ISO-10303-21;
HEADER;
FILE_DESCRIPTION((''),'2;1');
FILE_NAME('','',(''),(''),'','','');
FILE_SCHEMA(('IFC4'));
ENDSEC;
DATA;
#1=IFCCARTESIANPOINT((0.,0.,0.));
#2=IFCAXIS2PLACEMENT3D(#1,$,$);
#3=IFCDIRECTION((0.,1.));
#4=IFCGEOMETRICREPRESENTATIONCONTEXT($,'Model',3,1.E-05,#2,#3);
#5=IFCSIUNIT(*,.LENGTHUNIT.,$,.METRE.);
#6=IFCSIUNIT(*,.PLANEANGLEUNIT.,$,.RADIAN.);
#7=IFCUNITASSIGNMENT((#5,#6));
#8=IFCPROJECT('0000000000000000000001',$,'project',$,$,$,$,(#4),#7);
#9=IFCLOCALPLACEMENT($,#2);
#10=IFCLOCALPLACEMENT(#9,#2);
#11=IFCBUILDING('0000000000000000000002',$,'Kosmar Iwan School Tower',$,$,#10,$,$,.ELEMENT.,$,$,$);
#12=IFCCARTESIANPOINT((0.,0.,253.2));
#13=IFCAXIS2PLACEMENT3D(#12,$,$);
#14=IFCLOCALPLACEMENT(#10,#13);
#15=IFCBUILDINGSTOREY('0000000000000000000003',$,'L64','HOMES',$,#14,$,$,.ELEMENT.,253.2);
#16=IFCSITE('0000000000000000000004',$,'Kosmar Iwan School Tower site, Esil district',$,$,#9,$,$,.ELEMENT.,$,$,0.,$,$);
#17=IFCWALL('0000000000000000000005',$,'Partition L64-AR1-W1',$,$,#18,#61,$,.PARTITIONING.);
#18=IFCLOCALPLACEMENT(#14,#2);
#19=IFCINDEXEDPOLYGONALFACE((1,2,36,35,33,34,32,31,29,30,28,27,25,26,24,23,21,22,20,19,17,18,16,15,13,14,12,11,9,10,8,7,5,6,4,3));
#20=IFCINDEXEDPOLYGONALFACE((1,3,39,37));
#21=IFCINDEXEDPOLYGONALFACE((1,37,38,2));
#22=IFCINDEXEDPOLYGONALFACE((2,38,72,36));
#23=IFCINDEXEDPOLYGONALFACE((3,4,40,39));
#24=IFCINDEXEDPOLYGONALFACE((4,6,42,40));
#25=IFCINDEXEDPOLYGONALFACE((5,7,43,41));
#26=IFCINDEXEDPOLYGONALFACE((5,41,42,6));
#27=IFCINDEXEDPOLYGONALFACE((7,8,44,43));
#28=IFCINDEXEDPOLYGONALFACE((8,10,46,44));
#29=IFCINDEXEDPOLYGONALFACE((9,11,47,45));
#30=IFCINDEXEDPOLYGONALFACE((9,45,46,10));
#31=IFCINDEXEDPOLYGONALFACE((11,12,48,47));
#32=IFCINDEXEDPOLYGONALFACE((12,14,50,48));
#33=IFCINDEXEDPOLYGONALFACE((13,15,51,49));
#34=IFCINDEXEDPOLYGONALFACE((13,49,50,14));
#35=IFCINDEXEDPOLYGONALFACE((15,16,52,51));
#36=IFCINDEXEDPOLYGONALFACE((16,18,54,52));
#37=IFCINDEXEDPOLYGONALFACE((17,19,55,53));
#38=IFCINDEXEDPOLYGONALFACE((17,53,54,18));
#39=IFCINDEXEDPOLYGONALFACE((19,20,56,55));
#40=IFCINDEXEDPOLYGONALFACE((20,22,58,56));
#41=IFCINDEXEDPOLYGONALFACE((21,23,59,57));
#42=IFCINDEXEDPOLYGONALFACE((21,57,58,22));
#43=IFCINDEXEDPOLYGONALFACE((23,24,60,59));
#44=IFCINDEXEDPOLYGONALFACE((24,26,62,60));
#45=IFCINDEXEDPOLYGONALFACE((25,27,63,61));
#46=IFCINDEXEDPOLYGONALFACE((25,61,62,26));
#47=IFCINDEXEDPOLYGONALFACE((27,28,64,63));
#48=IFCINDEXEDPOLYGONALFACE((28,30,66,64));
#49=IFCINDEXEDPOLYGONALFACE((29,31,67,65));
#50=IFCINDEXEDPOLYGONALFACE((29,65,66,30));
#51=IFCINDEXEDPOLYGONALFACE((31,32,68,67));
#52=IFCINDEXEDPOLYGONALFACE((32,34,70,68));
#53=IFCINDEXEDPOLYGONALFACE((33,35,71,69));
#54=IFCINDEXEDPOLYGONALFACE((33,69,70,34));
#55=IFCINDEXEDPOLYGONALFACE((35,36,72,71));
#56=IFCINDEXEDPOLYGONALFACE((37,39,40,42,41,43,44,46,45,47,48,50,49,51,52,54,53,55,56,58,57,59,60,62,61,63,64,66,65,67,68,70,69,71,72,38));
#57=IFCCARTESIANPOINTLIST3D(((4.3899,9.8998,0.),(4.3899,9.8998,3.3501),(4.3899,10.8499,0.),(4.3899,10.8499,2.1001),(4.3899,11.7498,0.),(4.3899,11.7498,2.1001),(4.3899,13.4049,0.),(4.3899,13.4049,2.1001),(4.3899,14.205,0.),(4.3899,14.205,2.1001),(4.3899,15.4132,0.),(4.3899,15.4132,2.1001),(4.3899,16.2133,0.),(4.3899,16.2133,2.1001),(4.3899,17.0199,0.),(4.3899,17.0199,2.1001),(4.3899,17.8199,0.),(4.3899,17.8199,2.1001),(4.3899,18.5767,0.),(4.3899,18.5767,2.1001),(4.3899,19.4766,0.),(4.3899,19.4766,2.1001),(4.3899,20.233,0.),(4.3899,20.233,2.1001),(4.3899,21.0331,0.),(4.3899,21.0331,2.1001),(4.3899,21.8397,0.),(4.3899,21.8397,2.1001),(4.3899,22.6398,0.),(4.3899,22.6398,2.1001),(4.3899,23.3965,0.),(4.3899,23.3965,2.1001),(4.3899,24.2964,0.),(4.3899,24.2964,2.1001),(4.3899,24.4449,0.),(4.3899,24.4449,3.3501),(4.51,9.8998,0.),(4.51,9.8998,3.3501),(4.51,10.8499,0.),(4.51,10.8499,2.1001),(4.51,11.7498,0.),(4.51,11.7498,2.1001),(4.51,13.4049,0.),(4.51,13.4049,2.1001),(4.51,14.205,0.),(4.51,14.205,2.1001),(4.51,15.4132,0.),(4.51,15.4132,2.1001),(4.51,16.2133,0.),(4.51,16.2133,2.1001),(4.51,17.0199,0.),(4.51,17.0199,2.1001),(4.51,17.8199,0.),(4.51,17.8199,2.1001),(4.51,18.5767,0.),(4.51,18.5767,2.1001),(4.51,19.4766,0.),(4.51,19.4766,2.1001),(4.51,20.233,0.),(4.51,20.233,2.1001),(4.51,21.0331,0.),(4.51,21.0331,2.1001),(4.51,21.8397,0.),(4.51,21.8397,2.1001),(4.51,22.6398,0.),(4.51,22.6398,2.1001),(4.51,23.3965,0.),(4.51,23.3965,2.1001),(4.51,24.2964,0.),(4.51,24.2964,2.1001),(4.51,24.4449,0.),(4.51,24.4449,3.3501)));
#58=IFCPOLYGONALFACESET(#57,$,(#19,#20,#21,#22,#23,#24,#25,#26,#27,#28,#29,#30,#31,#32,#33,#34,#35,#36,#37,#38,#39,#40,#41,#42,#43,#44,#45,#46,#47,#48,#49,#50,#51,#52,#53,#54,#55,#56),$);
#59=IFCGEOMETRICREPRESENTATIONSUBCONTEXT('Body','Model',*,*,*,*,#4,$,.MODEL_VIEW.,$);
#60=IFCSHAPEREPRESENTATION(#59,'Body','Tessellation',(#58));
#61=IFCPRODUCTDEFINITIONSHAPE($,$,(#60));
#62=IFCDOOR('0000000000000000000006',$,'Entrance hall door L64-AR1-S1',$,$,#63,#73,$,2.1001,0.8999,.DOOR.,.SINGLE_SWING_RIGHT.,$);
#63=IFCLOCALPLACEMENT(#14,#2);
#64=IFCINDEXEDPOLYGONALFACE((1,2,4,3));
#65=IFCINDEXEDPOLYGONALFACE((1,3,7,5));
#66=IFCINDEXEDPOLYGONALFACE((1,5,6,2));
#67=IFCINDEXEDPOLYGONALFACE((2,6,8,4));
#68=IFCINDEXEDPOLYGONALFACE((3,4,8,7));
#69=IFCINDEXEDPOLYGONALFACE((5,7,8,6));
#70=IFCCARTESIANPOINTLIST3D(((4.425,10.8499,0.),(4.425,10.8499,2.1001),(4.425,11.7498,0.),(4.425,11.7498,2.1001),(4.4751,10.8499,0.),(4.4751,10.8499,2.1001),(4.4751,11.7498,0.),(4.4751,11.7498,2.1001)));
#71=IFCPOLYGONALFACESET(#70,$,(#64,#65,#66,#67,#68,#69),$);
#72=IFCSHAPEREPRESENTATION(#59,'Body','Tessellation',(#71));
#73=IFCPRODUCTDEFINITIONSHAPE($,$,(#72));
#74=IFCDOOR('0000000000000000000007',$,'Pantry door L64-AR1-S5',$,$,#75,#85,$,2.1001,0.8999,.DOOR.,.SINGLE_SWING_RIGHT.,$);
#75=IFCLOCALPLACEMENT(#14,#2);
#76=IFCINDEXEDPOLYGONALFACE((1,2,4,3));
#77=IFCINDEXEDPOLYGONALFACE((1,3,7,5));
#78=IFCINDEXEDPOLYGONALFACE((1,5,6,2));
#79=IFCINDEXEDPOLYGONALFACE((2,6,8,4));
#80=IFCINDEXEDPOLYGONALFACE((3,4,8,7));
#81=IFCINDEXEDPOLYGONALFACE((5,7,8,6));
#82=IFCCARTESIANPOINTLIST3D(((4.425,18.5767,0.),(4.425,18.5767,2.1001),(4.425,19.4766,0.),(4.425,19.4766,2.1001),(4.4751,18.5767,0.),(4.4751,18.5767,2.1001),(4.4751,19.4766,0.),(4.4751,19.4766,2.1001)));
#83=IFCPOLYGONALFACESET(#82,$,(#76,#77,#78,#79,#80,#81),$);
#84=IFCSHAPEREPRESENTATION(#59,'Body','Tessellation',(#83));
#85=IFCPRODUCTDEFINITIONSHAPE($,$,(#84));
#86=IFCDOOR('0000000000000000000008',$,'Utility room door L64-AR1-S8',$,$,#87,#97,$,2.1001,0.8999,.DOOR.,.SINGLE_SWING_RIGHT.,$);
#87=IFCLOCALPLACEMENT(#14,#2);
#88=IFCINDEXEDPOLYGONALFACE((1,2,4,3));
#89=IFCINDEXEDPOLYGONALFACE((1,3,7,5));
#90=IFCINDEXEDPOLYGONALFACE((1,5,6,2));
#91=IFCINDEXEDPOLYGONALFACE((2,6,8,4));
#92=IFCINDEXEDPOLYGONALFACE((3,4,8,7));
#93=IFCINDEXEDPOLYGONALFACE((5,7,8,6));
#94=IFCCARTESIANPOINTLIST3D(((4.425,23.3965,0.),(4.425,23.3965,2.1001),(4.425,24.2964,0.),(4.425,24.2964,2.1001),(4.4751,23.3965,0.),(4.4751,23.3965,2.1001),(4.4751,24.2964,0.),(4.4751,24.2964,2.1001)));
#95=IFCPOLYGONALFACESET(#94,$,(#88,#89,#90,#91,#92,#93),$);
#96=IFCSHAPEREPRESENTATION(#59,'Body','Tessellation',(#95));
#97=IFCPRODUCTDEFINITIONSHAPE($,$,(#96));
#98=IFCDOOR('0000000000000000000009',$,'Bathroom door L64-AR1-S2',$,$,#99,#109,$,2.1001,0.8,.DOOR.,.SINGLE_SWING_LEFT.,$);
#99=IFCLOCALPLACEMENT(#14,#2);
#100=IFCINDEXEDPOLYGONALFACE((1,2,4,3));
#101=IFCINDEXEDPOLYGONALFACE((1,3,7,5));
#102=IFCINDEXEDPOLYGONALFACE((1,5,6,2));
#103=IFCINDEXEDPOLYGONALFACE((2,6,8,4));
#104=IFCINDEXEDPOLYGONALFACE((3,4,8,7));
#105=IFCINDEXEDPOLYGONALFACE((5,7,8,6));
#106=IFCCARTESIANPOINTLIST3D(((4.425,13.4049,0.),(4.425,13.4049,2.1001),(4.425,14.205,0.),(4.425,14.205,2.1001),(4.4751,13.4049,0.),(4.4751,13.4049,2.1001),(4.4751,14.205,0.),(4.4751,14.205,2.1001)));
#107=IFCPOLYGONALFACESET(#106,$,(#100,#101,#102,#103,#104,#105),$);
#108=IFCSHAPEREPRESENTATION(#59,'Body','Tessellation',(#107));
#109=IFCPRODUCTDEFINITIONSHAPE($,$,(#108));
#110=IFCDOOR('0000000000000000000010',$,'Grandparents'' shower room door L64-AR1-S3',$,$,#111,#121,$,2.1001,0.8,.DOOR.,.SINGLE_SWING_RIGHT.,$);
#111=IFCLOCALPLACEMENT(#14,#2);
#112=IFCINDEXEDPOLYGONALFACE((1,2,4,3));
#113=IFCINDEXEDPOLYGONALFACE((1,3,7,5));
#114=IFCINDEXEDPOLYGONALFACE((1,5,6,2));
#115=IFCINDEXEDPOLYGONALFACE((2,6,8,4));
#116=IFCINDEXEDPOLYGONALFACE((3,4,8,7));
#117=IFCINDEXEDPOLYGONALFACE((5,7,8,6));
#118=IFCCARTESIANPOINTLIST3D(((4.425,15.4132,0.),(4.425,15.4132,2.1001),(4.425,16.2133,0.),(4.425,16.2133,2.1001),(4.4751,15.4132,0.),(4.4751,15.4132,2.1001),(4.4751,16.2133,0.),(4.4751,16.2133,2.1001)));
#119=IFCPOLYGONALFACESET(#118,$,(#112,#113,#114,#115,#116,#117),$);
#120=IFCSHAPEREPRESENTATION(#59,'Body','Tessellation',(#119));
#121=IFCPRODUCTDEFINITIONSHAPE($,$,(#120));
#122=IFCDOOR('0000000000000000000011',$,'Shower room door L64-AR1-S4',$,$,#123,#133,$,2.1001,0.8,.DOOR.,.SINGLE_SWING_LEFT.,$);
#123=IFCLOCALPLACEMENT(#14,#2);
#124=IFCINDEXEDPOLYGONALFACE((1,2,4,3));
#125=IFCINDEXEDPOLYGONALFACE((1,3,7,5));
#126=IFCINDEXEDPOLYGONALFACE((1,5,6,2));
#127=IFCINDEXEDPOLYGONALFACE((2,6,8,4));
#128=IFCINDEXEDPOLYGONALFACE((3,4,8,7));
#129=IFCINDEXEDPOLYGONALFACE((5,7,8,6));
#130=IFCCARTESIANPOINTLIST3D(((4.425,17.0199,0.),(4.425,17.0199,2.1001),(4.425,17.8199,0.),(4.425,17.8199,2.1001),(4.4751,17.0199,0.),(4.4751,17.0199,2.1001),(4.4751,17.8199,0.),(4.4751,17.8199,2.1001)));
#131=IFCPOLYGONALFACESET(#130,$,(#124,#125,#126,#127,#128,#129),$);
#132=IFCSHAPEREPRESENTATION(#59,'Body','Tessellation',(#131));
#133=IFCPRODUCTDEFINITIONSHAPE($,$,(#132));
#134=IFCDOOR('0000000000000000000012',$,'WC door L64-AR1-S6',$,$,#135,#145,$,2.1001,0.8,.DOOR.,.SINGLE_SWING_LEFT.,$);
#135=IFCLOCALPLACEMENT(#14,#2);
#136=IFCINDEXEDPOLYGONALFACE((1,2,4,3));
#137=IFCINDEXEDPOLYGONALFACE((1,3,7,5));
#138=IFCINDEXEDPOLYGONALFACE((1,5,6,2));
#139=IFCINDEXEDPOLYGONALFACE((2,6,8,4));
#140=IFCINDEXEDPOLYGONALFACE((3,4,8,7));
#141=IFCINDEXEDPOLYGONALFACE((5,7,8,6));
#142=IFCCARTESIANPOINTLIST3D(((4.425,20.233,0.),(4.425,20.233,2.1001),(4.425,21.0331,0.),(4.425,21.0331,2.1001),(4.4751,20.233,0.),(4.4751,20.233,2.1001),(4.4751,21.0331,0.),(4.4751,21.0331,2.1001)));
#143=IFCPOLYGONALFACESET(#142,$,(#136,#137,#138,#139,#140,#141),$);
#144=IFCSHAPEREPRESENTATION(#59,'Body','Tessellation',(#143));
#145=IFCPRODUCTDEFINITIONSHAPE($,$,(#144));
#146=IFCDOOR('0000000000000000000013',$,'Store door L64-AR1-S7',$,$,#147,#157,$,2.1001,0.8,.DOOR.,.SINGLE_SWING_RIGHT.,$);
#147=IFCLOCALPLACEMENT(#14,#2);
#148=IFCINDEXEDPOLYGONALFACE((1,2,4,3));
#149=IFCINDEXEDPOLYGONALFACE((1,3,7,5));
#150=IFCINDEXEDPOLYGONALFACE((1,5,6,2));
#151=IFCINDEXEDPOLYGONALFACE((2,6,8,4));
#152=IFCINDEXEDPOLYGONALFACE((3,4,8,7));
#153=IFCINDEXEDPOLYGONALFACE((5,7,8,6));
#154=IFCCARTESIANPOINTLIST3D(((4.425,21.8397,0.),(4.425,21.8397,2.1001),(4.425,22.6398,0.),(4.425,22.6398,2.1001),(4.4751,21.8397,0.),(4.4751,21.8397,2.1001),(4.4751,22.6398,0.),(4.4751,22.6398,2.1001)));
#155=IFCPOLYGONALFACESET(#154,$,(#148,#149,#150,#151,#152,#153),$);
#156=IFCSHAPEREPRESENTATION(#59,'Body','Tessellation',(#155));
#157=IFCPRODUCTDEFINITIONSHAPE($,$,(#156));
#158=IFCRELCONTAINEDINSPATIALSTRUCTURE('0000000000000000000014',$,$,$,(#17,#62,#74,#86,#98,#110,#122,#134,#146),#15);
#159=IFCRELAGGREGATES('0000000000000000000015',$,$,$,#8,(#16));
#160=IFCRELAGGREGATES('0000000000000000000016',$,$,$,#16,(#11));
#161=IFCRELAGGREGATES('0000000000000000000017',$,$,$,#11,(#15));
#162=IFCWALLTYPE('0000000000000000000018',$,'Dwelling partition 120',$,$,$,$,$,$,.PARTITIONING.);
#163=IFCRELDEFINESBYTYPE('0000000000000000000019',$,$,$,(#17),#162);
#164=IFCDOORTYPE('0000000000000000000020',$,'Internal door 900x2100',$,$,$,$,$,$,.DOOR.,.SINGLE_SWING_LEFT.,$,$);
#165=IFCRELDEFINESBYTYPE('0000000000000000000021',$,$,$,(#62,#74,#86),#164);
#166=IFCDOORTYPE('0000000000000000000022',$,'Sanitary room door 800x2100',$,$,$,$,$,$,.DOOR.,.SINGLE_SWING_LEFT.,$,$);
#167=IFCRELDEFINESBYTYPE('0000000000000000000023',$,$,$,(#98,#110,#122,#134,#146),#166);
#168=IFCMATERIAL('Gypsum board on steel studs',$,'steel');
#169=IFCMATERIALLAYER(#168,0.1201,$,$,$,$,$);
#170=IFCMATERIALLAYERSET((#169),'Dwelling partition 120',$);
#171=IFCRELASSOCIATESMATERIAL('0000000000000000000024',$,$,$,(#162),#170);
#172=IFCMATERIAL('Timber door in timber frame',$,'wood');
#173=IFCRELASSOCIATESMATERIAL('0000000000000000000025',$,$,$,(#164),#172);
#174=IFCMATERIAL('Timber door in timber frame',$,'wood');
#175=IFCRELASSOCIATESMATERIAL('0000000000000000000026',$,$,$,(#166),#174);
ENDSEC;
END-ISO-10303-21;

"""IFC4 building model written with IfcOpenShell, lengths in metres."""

from ifc_helpers import new_model, si_unit, direction, frame, frame_2d, origin, place, context, subcontext, project, spatial, rectangle, extrude, material, layer, layer_set, type_object, element, fill, save


model = new_model("IFC4")

# Units and contexts
model_context = context("Model", 3, precision=1e-05, world=origin(), true_north=direction((0.0, 1.0)))
body_context = subcontext(model_context, "Body", "Model", "MODEL_VIEW")
ifc_project = project(units=[si_unit("LENGTHUNIT", "METRE"), si_unit("PLANEANGLEUNIT", "RADIAN")], contexts=[model_context])

# Site, building, storey
site_placement = place(None, origin())
site = spatial("IfcSite", under=ifc_project, at=site_placement, Name="Kosmar Iwan School Tower site, Esil district", CompositionType="ELEMENT", RefElevation=0.0)
building_placement = place(site_placement, origin())
building = spatial("IfcBuilding", under=site, at=building_placement, Name="Kosmar Iwan School Tower", CompositionType="ELEMENT")
storey_placement = place(building_placement, frame((0.0, 0.0, 253.2)))
storey = spatial("IfcBuildingStorey", under=building, at=storey_placement, Name="L64", Description="HOMES", CompositionType="ELEMENT", Elevation=253.2)

# Wall, openings, doors
ifc_material_1 = material(Name="Gypsum board on steel studs", Category="steel")
ifc_layer_1 = layer(ifc_material_1, 0.1201)
ifc_layer_set_1 = layer_set([ifc_layer_1], Name="Dwelling partition 120")
wall_type_1 = type_object("IfcWallType", Name="Dwelling partition 120", PredefinedType="PARTITIONING", material=ifc_layer_set_1)
wall_1_placement = place(storey_placement, frame((4.45, 9.8999, 0.0), z_axis=(0.0, 0.0, 1.0), x_axis=(0.0, 1.0, 0.0)))
wall_1 = element("IfcWall", 1, at=wall_1_placement, inside=storey, type_object=wall_type_1, Name="Partition L64-AR1-W1", PredefinedType="PARTITIONING", context=body_context, shape_type="SweptSolid", body=[
    extrude(rectangle(XDim=14.5452, YDim=0.1201, at=frame_2d((7.2725, 0.0))), origin(), (0.0, 0.0, 1.0), 3.3501),
])
opening_1_placement = place(wall_1_placement, frame((0.95, 0.0, 0.0)))
opening_1 = element("IfcOpeningElement", 2, at=opening_1_placement, cuts=wall_1, PredefinedType="OPENING", context=body_context, shape_type="SweptSolid", body=[
    extrude(rectangle(XDim=0.8999, YDim=2.1001, at=frame_2d((0.45, 1.05))), frame((0.0, 0.072, 0.0), z_axis=(0.0, -1.0, 0.0), x_axis=(1.0, 0.0, 0.0)), (0.0, 0.0, 1.0), 0.144),
])
opening_2_placement = place(wall_1_placement, frame((3.5051, 0.0, 0.0)))
opening_2 = element("IfcOpeningElement", 3, at=opening_2_placement, cuts=wall_1, PredefinedType="OPENING", context=body_context, shape_type="SweptSolid", body=[
    extrude(rectangle(XDim=0.8, YDim=2.1001, at=frame_2d((0.3999, 1.05))), frame((0.0, 0.072, 0.0), z_axis=(0.0, -1.0, 0.0), x_axis=(1.0, 0.0, 0.0)), (0.0, 0.0, 1.0), 0.144),
])
opening_3_placement = place(wall_1_placement, frame((5.5134, 0.0, 0.0)))
opening_3 = element("IfcOpeningElement", 4, at=opening_3_placement, cuts=wall_1, PredefinedType="OPENING", context=body_context, shape_type="SweptSolid", body=[
    extrude(rectangle(XDim=0.8, YDim=2.1001, at=frame_2d((0.3999, 1.05))), frame((0.0, 0.072, 0.0), z_axis=(0.0, -1.0, 0.0), x_axis=(1.0, 0.0, 0.0)), (0.0, 0.0, 1.0), 0.144),
])
opening_4_placement = place(wall_1_placement, frame((7.1201, 0.0, 0.0)))
opening_4 = element("IfcOpeningElement", 5, at=opening_4_placement, cuts=wall_1, PredefinedType="OPENING", context=body_context, shape_type="SweptSolid", body=[
    extrude(rectangle(XDim=0.8, YDim=2.1001, at=frame_2d((0.3999, 1.05))), frame((0.0, 0.072, 0.0), z_axis=(0.0, -1.0, 0.0), x_axis=(1.0, 0.0, 0.0)), (0.0, 0.0, 1.0), 0.144),
])
opening_5_placement = place(wall_1_placement, frame((8.6768, 0.0, 0.0)))
opening_5 = element("IfcOpeningElement", 6, at=opening_5_placement, cuts=wall_1, PredefinedType="OPENING", context=body_context, shape_type="SweptSolid", body=[
    extrude(rectangle(XDim=0.8999, YDim=2.1001, at=frame_2d((0.45, 1.05))), frame((0.0, 0.072, 0.0), z_axis=(0.0, -1.0, 0.0), x_axis=(1.0, 0.0, 0.0)), (0.0, 0.0, 1.0), 0.144),
])
opening_6_placement = place(wall_1_placement, frame((10.3333, 0.0, 0.0)))
opening_6 = element("IfcOpeningElement", 7, at=opening_6_placement, cuts=wall_1, PredefinedType="OPENING", context=body_context, shape_type="SweptSolid", body=[
    extrude(rectangle(XDim=0.8, YDim=2.1001, at=frame_2d((0.3999, 1.05))), frame((0.0, 0.072, 0.0), z_axis=(0.0, -1.0, 0.0), x_axis=(1.0, 0.0, 0.0)), (0.0, 0.0, 1.0), 0.144),
])
opening_7_placement = place(wall_1_placement, frame((11.9399, 0.0, 0.0)))
opening_7 = element("IfcOpeningElement", 8, at=opening_7_placement, cuts=wall_1, PredefinedType="OPENING", context=body_context, shape_type="SweptSolid", body=[
    extrude(rectangle(XDim=0.8, YDim=2.1001, at=frame_2d((0.3999, 1.05))), frame((0.0, 0.072, 0.0), z_axis=(0.0, -1.0, 0.0), x_axis=(1.0, 0.0, 0.0)), (0.0, 0.0, 1.0), 0.144),
])
opening_8_placement = place(wall_1_placement, frame((13.4966, 0.0, 0.0)))
opening_8 = element("IfcOpeningElement", 9, at=opening_8_placement, cuts=wall_1, PredefinedType="OPENING", context=body_context, shape_type="SweptSolid", body=[
    extrude(rectangle(XDim=0.8999, YDim=2.1001, at=frame_2d((0.45, 1.05))), frame((0.0, 0.072, 0.0), z_axis=(0.0, -1.0, 0.0), x_axis=(1.0, 0.0, 0.0)), (0.0, 0.0, 1.0), 0.144),
])
ifc_material_2 = material(Name="Timber door in timber frame", Category="wood")
door_type_1 = type_object("IfcDoorType", Name="Internal door 900x2100", OperationType="SINGLE_SWING_LEFT", PredefinedType="DOOR", material=ifc_material_2)
door_1_placement = place(opening_1_placement, origin())
door_1 = element("IfcDoor", 10, at=door_1_placement, inside=storey, type_object=door_type_1, Name="Entrance hall door L64-AR1-S1", OperationType="SINGLE_SWING_RIGHT", OverallHeight=2.1001, OverallWidth=0.8999, PredefinedType="DOOR", context=body_context, shape_type="SweptSolid", body=[
    extrude(rectangle(XDim=0.8999, YDim=2.1001, at=frame_2d((0.45, 1.05))), frame((0.0, 0.0249, 0.0), z_axis=(0.0, -1.0, 0.0), x_axis=(1.0, 0.0, 0.0)), (0.0, 0.0, 1.0), 0.05),
])
fill(opening_1, door_1)
door_2_placement = place(opening_5_placement, origin())
door_2 = element("IfcDoor", 11, at=door_2_placement, inside=storey, type_object=door_type_1, Name="Pantry door L64-AR1-S5", OperationType="SINGLE_SWING_RIGHT", OverallHeight=2.1001, OverallWidth=0.8999, PredefinedType="DOOR", context=body_context, shape_type="SweptSolid", body=[
    extrude(rectangle(XDim=0.8999, YDim=2.1001, at=frame_2d((0.45, 1.05))), frame((0.0, 0.0249, 0.0), z_axis=(0.0, -1.0, 0.0), x_axis=(1.0, 0.0, 0.0)), (0.0, 0.0, 1.0), 0.05),
])
fill(opening_5, door_2)
door_3_placement = place(opening_8_placement, origin())
door_3 = element("IfcDoor", 12, at=door_3_placement, inside=storey, type_object=door_type_1, Name="Utility room door L64-AR1-S8", OperationType="SINGLE_SWING_RIGHT", OverallHeight=2.1001, OverallWidth=0.8999, PredefinedType="DOOR", context=body_context, shape_type="SweptSolid", body=[
    extrude(rectangle(XDim=0.8999, YDim=2.1001, at=frame_2d((0.45, 1.05))), frame((0.0, 0.0249, 0.0), z_axis=(0.0, -1.0, 0.0), x_axis=(1.0, 0.0, 0.0)), (0.0, 0.0, 1.0), 0.05),
])
fill(opening_8, door_3)
ifc_material_3 = material(Name="Timber door in timber frame", Category="wood")
door_type_2 = type_object("IfcDoorType", Name="Sanitary room door 800x2100", OperationType="SINGLE_SWING_LEFT", PredefinedType="DOOR", material=ifc_material_3)
door_4_placement = place(opening_2_placement, origin())
door_4 = element("IfcDoor", 13, at=door_4_placement, inside=storey, type_object=door_type_2, Name="Bathroom door L64-AR1-S2", OperationType="SINGLE_SWING_LEFT", OverallHeight=2.1001, OverallWidth=0.8, PredefinedType="DOOR", context=body_context, shape_type="SweptSolid", body=[
    extrude(rectangle(XDim=0.8, YDim=2.1001, at=frame_2d((0.3999, 1.05))), frame((0.0, 0.0249, 0.0), z_axis=(0.0, -1.0, 0.0), x_axis=(1.0, 0.0, 0.0)), (0.0, 0.0, 1.0), 0.05),
])
fill(opening_2, door_4)
door_5_placement = place(opening_3_placement, origin())
door_5 = element("IfcDoor", 14, at=door_5_placement, inside=storey, type_object=door_type_2, Name="Grandparents' shower room door L64-AR1-S3", OperationType="SINGLE_SWING_RIGHT", OverallHeight=2.1001, OverallWidth=0.8, PredefinedType="DOOR", context=body_context, shape_type="SweptSolid", body=[
    extrude(rectangle(XDim=0.8, YDim=2.1001, at=frame_2d((0.3999, 1.05))), frame((0.0, 0.0249, 0.0), z_axis=(0.0, -1.0, 0.0), x_axis=(1.0, 0.0, 0.0)), (0.0, 0.0, 1.0), 0.05),
])
fill(opening_3, door_5)
door_6_placement = place(opening_4_placement, origin())
door_6 = element("IfcDoor", 15, at=door_6_placement, inside=storey, type_object=door_type_2, Name="Shower room door L64-AR1-S4", OperationType="SINGLE_SWING_LEFT", OverallHeight=2.1001, OverallWidth=0.8, PredefinedType="DOOR", context=body_context, shape_type="SweptSolid", body=[
    extrude(rectangle(XDim=0.8, YDim=2.1001, at=frame_2d((0.3999, 1.05))), frame((0.0, 0.0249, 0.0), z_axis=(0.0, -1.0, 0.0), x_axis=(1.0, 0.0, 0.0)), (0.0, 0.0, 1.0), 0.05),
])
fill(opening_4, door_6)
door_7_placement = place(opening_6_placement, origin())
door_7 = element("IfcDoor", 16, at=door_7_placement, inside=storey, type_object=door_type_2, Name="WC door L64-AR1-S6", OperationType="SINGLE_SWING_LEFT", OverallHeight=2.1001, OverallWidth=0.8, PredefinedType="DOOR", context=body_context, shape_type="SweptSolid", body=[
    extrude(rectangle(XDim=0.8, YDim=2.1001, at=frame_2d((0.3999, 1.05))), frame((0.0, 0.0249, 0.0), z_axis=(0.0, -1.0, 0.0), x_axis=(1.0, 0.0, 0.0)), (0.0, 0.0, 1.0), 0.05),
])
fill(opening_6, door_7)
door_8_placement = place(opening_7_placement, origin())
door_8 = element("IfcDoor", 17, at=door_8_placement, inside=storey, type_object=door_type_2, Name="Store door L64-AR1-S7", OperationType="SINGLE_SWING_RIGHT", OverallHeight=2.1001, OverallWidth=0.8, PredefinedType="DOOR", context=body_context, shape_type="SweptSolid", body=[
    extrude(rectangle(XDim=0.8, YDim=2.1001, at=frame_2d((0.3999, 1.05))), frame((0.0, 0.0249, 0.0), z_axis=(0.0, -1.0, 0.0), x_axis=(1.0, 0.0, 0.0)), (0.0, 0.0, 1.0), 0.05),
])
fill(opening_7, door_8)

save(model, "model.ifc")
